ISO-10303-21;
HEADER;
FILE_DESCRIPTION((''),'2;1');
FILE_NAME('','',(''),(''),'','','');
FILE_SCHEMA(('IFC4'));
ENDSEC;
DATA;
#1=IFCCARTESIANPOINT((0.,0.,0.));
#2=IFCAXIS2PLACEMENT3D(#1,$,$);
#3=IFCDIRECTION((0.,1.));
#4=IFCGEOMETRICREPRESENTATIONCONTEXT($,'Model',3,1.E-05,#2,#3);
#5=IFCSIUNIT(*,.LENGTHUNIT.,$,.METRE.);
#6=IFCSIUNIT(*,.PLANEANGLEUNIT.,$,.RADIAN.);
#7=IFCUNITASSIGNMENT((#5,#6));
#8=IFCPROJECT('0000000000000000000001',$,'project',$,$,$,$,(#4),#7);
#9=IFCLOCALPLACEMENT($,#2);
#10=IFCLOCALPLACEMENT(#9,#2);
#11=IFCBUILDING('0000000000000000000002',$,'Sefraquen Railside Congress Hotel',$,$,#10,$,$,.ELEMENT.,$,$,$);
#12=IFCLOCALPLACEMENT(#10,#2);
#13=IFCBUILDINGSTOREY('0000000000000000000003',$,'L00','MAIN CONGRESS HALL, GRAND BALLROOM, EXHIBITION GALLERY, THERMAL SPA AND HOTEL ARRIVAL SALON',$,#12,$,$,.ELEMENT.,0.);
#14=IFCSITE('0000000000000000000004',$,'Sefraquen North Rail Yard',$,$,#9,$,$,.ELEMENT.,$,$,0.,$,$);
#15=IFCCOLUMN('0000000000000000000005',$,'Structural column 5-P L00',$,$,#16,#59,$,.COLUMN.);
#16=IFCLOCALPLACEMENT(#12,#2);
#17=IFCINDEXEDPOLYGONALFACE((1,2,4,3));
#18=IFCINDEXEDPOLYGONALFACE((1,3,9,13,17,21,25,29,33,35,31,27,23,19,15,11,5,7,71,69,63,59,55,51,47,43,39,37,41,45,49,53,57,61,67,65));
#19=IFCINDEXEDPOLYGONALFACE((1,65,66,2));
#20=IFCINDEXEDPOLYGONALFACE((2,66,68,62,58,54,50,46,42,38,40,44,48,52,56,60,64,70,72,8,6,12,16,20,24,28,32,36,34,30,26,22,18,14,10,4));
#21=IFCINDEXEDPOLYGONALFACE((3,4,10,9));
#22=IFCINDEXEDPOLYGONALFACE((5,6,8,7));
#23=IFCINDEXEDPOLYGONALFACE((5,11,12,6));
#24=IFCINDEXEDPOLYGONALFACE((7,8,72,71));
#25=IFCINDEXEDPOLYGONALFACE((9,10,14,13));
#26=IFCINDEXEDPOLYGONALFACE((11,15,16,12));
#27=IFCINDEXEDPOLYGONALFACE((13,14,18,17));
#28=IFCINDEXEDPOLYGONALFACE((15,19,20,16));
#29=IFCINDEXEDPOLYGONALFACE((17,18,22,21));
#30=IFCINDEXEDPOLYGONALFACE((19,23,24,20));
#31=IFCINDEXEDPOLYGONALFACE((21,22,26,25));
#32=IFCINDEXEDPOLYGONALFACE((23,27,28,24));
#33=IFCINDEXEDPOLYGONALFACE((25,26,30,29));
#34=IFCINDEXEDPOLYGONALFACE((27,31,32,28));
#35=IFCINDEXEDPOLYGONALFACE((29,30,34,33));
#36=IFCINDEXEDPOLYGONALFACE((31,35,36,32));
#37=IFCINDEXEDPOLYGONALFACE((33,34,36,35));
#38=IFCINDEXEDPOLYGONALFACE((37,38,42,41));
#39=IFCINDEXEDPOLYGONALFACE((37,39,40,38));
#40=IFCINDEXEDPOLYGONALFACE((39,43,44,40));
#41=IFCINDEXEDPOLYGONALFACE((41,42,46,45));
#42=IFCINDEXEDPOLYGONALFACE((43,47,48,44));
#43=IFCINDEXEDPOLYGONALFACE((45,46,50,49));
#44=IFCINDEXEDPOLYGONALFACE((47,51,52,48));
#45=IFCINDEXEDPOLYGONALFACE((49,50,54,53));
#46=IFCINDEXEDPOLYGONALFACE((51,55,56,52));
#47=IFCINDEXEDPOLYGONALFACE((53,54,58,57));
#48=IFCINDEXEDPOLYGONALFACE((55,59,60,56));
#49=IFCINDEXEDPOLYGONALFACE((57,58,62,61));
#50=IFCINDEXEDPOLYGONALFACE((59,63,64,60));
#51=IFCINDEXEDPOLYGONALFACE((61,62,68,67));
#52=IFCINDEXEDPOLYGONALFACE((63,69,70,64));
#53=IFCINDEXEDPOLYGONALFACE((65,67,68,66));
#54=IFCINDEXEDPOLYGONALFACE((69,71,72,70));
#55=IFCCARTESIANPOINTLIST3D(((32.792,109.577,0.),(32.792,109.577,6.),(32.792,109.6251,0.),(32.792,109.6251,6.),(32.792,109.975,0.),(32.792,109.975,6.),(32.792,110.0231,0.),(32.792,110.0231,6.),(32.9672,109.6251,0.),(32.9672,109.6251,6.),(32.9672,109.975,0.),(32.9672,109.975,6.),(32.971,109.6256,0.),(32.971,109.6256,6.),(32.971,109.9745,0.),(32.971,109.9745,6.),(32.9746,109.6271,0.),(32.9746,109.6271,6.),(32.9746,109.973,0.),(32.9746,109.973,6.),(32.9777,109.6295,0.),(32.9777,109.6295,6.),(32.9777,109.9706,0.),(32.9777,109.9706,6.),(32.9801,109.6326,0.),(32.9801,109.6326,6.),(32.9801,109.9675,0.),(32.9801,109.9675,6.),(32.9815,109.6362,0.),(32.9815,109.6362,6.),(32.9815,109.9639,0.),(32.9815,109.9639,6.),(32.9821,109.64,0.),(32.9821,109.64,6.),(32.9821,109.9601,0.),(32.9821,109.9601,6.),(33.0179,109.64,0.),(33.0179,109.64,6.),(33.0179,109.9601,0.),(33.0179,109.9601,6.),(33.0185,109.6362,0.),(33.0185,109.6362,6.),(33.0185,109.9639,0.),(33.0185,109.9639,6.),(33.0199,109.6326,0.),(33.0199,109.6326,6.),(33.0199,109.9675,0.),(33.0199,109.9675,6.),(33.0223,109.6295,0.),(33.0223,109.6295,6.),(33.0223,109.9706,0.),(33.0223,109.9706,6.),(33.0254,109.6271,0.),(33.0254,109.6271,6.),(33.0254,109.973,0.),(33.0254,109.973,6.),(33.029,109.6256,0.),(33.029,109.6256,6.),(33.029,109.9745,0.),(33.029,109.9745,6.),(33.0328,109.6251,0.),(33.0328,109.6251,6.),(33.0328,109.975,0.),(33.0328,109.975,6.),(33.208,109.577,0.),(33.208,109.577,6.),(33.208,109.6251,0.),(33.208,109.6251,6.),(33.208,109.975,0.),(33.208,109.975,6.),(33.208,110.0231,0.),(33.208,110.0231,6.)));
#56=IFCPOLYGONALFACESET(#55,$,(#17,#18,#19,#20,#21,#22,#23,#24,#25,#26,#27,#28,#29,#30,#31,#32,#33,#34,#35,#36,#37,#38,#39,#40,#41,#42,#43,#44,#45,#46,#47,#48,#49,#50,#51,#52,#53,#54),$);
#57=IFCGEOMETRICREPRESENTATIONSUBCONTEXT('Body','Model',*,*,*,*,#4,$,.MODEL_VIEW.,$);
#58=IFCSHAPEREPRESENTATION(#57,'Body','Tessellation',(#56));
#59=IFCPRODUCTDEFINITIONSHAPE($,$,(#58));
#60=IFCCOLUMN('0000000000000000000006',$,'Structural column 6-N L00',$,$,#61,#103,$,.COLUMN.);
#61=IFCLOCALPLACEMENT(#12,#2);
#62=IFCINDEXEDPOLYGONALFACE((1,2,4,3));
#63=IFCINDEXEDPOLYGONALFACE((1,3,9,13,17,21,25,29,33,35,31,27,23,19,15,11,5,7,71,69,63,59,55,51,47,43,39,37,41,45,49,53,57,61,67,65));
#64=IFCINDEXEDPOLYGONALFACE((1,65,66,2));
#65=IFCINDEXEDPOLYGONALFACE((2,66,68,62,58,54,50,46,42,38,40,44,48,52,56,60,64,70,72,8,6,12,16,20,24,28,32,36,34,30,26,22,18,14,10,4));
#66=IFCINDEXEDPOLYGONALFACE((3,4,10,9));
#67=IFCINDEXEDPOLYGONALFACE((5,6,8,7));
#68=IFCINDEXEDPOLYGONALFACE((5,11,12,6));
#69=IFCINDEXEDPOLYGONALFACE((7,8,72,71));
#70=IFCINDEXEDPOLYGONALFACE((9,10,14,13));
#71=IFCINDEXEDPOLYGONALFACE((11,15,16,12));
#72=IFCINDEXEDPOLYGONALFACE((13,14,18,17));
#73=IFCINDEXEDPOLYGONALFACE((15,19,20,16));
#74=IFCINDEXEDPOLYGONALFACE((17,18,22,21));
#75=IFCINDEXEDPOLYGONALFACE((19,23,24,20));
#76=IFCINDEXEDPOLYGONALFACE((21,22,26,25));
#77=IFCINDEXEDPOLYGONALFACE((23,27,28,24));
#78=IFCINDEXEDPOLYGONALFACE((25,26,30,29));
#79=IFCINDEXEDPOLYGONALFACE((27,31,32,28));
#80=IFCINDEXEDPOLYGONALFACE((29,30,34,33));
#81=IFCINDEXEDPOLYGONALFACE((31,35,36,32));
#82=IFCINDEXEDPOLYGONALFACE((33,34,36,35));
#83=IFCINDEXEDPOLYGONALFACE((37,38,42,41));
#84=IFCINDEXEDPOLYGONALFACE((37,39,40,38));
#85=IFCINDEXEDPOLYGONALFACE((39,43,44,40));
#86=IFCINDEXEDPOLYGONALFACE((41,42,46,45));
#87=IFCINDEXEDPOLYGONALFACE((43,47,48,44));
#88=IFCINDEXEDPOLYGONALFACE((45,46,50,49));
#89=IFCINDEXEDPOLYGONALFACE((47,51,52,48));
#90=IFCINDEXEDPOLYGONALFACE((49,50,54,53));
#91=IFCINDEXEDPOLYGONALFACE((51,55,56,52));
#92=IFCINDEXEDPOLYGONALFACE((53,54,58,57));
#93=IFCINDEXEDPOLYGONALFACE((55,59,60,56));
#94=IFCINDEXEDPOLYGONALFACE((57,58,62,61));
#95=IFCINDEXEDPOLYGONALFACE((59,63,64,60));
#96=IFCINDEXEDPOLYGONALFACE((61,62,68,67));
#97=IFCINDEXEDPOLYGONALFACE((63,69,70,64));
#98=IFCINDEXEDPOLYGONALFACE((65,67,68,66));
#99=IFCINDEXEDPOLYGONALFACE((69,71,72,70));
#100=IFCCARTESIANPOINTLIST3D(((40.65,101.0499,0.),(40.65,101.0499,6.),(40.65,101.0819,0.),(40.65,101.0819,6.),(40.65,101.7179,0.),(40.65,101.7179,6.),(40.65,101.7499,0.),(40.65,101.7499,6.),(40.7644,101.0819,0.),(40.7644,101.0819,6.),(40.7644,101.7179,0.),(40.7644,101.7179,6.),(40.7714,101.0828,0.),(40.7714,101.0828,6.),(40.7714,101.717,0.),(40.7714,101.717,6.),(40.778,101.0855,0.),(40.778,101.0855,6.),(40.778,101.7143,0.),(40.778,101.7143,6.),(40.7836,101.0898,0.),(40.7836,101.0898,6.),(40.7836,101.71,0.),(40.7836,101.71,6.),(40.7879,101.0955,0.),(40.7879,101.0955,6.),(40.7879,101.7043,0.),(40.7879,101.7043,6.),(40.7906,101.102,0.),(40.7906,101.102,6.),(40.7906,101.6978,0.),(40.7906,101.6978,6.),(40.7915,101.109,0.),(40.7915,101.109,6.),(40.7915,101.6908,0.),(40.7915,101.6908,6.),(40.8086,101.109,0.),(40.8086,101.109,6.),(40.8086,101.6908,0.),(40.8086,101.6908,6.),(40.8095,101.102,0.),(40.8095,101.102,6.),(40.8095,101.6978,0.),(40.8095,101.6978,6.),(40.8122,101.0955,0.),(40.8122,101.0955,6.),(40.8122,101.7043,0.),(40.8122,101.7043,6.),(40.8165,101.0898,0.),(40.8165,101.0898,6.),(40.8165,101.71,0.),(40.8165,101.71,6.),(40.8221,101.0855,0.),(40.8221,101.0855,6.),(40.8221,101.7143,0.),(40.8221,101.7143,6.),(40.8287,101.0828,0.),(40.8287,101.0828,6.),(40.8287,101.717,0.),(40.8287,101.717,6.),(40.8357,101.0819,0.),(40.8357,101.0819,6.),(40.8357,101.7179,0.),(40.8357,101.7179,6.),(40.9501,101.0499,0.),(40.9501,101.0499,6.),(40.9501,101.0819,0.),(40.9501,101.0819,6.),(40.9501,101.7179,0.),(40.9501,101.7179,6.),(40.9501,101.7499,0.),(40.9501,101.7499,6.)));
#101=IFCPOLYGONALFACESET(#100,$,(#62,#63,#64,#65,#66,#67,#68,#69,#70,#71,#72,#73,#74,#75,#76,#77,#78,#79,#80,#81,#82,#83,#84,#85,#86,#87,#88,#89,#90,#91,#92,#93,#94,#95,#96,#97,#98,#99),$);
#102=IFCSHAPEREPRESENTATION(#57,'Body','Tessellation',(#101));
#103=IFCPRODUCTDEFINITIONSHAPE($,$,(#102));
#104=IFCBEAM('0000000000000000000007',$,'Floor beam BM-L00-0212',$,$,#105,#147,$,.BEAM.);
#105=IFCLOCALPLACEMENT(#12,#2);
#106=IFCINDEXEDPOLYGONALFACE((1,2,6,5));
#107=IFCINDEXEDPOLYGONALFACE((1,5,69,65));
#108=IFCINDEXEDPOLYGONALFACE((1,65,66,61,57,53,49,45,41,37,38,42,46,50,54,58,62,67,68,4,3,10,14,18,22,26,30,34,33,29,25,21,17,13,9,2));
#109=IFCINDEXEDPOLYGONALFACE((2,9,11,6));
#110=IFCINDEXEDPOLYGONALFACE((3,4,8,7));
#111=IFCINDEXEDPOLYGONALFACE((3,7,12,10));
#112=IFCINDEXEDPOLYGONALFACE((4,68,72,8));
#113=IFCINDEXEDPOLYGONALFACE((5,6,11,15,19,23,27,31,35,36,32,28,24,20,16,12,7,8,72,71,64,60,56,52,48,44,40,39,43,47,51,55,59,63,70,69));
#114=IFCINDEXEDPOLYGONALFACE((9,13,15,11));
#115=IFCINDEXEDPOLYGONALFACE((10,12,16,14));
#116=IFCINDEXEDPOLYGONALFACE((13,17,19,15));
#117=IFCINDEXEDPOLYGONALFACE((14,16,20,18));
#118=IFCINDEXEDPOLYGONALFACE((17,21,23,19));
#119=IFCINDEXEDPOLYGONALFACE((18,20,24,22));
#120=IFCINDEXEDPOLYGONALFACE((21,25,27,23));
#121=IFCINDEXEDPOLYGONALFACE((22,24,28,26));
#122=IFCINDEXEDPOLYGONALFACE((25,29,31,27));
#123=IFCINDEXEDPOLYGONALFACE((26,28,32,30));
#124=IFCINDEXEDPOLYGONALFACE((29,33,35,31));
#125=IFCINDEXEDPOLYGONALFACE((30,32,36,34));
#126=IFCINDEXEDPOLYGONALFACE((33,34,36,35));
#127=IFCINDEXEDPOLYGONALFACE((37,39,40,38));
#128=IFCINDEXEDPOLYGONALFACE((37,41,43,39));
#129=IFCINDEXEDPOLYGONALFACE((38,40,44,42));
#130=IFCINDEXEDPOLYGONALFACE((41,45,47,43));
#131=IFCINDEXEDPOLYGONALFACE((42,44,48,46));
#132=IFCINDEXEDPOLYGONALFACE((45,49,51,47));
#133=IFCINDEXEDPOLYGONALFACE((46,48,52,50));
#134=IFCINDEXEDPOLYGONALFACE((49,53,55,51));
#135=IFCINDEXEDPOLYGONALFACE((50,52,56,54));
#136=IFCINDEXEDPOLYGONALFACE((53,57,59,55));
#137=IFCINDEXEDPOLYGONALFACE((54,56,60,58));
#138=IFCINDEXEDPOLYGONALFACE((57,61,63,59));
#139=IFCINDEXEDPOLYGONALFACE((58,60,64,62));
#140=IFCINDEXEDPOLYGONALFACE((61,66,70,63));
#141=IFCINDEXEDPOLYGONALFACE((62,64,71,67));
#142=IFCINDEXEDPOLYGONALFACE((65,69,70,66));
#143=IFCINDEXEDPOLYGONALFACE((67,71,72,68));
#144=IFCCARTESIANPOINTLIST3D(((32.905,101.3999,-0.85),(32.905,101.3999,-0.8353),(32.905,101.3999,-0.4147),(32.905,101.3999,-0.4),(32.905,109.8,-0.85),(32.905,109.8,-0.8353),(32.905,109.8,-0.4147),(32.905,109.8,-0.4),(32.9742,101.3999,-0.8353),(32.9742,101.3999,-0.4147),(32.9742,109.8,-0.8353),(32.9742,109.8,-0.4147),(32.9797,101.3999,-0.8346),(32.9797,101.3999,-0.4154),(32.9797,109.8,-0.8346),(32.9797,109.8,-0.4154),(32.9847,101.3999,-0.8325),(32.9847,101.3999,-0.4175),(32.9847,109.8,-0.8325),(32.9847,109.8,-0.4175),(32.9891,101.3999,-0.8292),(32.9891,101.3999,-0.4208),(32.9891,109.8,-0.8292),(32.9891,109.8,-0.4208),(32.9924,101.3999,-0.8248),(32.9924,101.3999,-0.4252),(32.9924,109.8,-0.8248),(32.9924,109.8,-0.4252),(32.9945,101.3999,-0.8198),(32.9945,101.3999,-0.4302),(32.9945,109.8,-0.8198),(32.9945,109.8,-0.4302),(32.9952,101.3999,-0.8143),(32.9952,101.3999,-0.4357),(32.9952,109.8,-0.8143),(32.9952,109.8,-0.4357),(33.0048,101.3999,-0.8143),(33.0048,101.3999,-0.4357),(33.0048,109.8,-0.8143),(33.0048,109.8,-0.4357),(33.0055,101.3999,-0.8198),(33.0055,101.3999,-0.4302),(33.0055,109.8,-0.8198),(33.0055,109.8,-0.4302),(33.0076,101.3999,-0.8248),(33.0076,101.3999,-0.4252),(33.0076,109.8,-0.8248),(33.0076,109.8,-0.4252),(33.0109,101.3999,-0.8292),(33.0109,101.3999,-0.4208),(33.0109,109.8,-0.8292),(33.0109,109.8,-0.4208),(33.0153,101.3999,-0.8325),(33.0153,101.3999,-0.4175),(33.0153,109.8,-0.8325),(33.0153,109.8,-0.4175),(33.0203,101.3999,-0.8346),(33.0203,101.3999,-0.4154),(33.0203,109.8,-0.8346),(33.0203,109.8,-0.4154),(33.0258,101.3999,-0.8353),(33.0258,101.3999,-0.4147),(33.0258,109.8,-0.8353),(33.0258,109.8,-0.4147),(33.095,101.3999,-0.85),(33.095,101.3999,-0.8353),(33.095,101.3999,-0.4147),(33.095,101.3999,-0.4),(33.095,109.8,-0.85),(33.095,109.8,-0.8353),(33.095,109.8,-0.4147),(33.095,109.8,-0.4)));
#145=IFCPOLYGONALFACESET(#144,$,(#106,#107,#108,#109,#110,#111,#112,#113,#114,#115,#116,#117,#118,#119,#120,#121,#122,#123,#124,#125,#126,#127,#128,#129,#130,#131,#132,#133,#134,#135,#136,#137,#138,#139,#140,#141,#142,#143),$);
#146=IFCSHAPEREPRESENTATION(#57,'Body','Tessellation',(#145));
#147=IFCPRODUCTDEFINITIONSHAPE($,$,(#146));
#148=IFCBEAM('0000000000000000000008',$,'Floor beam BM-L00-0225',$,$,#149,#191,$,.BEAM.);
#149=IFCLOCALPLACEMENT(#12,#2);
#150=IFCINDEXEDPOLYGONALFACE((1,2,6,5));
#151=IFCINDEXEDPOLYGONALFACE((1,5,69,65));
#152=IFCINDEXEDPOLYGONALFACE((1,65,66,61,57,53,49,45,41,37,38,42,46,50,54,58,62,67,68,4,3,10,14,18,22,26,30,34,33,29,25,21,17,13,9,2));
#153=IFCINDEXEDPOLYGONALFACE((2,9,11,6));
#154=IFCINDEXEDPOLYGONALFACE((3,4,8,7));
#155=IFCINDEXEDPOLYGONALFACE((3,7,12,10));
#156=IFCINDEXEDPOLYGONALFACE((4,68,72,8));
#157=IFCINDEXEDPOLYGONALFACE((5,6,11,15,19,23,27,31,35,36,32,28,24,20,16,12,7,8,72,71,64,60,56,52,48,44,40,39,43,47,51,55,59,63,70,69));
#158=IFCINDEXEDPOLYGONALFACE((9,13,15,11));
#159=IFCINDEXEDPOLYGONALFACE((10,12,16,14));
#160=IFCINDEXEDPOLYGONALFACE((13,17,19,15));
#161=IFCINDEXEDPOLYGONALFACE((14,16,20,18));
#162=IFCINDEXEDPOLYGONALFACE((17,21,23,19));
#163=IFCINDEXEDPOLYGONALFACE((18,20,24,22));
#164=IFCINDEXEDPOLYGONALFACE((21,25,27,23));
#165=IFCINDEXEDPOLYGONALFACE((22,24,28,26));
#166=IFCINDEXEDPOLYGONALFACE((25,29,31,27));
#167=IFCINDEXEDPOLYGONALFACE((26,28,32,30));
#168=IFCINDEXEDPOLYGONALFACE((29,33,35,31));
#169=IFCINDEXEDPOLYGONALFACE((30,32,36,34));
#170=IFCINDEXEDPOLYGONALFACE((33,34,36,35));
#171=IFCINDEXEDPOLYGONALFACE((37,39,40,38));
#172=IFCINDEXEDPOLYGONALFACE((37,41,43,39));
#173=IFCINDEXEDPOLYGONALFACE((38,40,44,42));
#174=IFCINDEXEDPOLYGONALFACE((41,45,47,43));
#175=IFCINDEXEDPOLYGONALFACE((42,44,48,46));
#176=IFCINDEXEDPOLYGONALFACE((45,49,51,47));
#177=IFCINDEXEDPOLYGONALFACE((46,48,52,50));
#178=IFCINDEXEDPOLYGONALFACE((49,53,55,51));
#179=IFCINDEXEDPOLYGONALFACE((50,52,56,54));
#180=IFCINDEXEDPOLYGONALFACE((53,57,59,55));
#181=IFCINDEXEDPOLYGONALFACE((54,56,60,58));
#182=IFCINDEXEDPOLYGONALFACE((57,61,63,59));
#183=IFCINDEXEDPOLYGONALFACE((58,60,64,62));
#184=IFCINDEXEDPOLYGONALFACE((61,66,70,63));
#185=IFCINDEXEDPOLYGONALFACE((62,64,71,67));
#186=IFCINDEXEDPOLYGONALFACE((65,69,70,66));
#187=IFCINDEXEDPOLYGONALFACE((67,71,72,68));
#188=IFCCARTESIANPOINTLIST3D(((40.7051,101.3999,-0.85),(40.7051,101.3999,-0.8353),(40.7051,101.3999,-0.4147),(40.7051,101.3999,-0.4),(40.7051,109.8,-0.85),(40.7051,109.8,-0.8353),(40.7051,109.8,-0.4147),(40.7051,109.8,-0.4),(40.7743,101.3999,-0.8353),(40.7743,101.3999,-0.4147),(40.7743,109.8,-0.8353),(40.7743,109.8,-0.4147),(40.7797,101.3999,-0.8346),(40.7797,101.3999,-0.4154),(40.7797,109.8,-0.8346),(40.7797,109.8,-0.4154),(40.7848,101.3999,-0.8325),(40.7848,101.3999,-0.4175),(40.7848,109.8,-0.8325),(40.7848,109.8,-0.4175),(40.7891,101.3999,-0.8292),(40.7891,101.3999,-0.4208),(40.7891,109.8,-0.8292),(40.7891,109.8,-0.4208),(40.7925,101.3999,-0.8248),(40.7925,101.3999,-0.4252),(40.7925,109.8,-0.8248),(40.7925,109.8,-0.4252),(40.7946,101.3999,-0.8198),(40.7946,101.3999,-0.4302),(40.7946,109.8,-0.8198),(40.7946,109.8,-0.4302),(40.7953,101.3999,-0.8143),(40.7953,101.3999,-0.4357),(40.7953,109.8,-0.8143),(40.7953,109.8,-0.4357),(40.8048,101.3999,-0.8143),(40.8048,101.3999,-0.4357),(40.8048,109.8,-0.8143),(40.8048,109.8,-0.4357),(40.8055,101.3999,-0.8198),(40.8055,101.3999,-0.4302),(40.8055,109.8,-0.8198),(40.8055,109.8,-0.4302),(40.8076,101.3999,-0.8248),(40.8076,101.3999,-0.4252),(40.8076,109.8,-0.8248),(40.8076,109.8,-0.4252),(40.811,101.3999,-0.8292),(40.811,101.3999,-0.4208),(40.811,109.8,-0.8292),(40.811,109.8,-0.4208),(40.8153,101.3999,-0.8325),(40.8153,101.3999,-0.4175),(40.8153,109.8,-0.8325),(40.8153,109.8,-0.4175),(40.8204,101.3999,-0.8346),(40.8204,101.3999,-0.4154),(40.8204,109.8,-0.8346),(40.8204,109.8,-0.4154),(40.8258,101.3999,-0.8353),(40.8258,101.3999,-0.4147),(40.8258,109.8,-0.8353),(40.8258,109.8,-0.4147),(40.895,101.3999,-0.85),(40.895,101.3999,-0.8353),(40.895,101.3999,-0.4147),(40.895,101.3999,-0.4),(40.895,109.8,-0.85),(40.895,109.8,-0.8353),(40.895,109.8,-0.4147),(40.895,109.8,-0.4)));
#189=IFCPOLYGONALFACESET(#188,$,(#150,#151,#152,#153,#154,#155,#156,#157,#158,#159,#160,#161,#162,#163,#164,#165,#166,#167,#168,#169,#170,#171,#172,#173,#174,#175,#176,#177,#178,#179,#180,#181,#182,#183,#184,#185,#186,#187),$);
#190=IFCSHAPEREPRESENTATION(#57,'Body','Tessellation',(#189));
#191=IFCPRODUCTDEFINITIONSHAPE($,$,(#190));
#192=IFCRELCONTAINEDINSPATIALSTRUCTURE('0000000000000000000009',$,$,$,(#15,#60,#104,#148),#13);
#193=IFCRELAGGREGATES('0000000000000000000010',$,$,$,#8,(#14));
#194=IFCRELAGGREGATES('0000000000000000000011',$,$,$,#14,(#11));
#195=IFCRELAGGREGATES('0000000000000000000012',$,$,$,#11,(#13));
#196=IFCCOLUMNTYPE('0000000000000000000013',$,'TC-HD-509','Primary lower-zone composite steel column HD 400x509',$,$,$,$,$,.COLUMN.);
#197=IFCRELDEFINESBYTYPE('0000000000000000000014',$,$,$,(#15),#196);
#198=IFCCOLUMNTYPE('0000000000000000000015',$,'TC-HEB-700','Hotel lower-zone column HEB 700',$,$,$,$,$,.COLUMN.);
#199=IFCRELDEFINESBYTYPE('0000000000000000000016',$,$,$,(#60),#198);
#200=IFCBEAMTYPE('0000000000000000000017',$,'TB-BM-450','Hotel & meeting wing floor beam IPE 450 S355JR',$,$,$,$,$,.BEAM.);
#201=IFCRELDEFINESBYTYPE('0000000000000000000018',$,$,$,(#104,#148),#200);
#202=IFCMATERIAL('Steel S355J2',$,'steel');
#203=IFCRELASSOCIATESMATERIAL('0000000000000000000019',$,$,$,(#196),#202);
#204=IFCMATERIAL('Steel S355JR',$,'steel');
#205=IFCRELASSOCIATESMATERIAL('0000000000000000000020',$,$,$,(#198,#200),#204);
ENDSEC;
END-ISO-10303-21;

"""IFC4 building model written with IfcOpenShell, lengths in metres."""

from ifc_helpers import new_model, si_unit, direction, frame, origin, origin_2d, place, context, subcontext, project, spatial, i_section, extrude, material, material_profile, profile_set, type_object, element, save


model = new_model("IFC4")

# Units and contexts
model_context = context("Model", 3, precision=1e-05, world=origin(), true_north=direction((0.0, 1.0)))
body_context = subcontext(model_context, "Body", "Model", "MODEL_VIEW")
ifc_project = project(units=[si_unit("LENGTHUNIT", "METRE"), si_unit("PLANEANGLEUNIT", "RADIAN")], contexts=[model_context])

# Site, building, storey
site_placement = place(None, origin())
site = spatial("IfcSite", under=ifc_project, at=site_placement, Name="Sefraquen North Rail Yard", CompositionType="ELEMENT", RefElevation=0.0)
building_placement = place(site_placement, origin())
building = spatial("IfcBuilding", under=site, at=building_placement, Name="Sefraquen Railside Congress Hotel", CompositionType="ELEMENT")
storey_placement = place(building_placement, origin())
storey = spatial("IfcBuildingStorey", under=building, at=storey_placement, Name="L00", Description="MAIN CONGRESS HALL, GRAND BALLROOM, EXHIBITION GALLERY, THERMAL SPA AND HOTEL ARRIVAL SALON", CompositionType="ELEMENT", Elevation=0.0)

# Columns
ifc_material_1 = material(Name="Steel S355J2", Category="steel")
ifc_material_profile_1 = material_profile(ifc_material_1, i_section(OverallWidth=0.416, OverallDepth=0.446, WebThickness=0.0359, FlangeThickness=0.0481, FilletRadius=0.0149, at=origin_2d()), Name="HD 400x509")
ifc_profile_set_1 = profile_set([ifc_material_profile_1], Name="Steel S355J2")
column_type_1 = type_object("IfcColumnType", Name="TC-HD-509", Description="Primary lower-zone composite steel column HD 400x509", PredefinedType="COLUMN", material=ifc_profile_set_1)
column_1_placement = place(storey_placement, frame((33.0, 109.8, 0.0), z_axis=(0.0, 0.0, 1.0), x_axis=(1.0, 0.0, 0.0)))
element("IfcColumn", 1, at=column_1_placement, inside=storey, type_object=column_type_1, Name="Structural column 5-P L00", PredefinedType="COLUMN", context=body_context, shape_type="SweptSolid", body=[
    extrude(i_section(OverallWidth=0.416, OverallDepth=0.446, WebThickness=0.0359, FlangeThickness=0.0481, FilletRadius=0.0149, at=origin_2d()), origin(), (0.0, 0.0, 1.0), 6.0),
])
ifc_material_2 = material(Name="Steel S355JR", Category="steel")
ifc_material_profile_2 = material_profile(ifc_material_2, i_section(OverallWidth=0.3, OverallDepth=0.7, WebThickness=0.0171, FlangeThickness=0.032, FilletRadius=0.0271, at=origin_2d()), Name="HEB 700")
ifc_profile_set_2 = profile_set([ifc_material_profile_2], Name="Steel S355JR")
column_type_2 = type_object("IfcColumnType", Name="TC-HEB-700", Description="Hotel lower-zone column HEB 700", PredefinedType="COLUMN", material=ifc_profile_set_2)
column_2_placement = place(storey_placement, frame((40.8, 101.3999, 0.0), z_axis=(0.0, 0.0, 1.0), x_axis=(1.0, 0.0, 0.0)))
element("IfcColumn", 2, at=column_2_placement, inside=storey, type_object=column_type_2, Name="Structural column 6-N L00", PredefinedType="COLUMN", context=body_context, shape_type="SweptSolid", body=[
    extrude(i_section(OverallWidth=0.3, OverallDepth=0.7, WebThickness=0.0171, FlangeThickness=0.032, FilletRadius=0.0271, at=origin_2d()), origin(), (0.0, 0.0, 1.0), 6.0),
])

# Beams
ifc_material_profile_3 = material_profile(ifc_material_2, i_section(OverallWidth=0.1899, OverallDepth=0.45, WebThickness=0.0095, FlangeThickness=0.0146, FilletRadius=0.021, at=origin_2d()), Name="IPE 450")
ifc_profile_set_3 = profile_set([ifc_material_profile_3], Name="Steel S355JR")
beam_type_1 = type_object("IfcBeamType", Name="TB-BM-450", Description="Hotel & meeting wing floor beam IPE 450 S355JR", PredefinedType="BEAM", material=ifc_profile_set_3)
for number, where, z_axis, x_axis, name in (
    (3, (33.0, 101.3999, -0.625), (0.0, 1.0, 0.0), (-1.0, 0.0, 0.0), "Floor beam BM-L00-0212"),
    (4, (40.8, 101.3999, -0.625), (0.0, 1.0, 0.0), (-1.0, 0.0, 0.0), "Floor beam BM-L00-0225"),
):
    element("IfcBeam", number, at=place(storey_placement, frame(where, z_axis=z_axis, x_axis=x_axis)), inside=storey, type_object=beam_type_1, Name=name, PredefinedType="BEAM", context=body_context, shape_type="SweptSolid", body=[
        extrude(i_section(OverallWidth=0.1899, OverallDepth=0.45, WebThickness=0.0095, FlangeThickness=0.0146, FilletRadius=0.021, at=origin_2d()), origin(), (0.0, 0.0, 1.0), 8.4001),
    ])

save(model, "model.ifc")
